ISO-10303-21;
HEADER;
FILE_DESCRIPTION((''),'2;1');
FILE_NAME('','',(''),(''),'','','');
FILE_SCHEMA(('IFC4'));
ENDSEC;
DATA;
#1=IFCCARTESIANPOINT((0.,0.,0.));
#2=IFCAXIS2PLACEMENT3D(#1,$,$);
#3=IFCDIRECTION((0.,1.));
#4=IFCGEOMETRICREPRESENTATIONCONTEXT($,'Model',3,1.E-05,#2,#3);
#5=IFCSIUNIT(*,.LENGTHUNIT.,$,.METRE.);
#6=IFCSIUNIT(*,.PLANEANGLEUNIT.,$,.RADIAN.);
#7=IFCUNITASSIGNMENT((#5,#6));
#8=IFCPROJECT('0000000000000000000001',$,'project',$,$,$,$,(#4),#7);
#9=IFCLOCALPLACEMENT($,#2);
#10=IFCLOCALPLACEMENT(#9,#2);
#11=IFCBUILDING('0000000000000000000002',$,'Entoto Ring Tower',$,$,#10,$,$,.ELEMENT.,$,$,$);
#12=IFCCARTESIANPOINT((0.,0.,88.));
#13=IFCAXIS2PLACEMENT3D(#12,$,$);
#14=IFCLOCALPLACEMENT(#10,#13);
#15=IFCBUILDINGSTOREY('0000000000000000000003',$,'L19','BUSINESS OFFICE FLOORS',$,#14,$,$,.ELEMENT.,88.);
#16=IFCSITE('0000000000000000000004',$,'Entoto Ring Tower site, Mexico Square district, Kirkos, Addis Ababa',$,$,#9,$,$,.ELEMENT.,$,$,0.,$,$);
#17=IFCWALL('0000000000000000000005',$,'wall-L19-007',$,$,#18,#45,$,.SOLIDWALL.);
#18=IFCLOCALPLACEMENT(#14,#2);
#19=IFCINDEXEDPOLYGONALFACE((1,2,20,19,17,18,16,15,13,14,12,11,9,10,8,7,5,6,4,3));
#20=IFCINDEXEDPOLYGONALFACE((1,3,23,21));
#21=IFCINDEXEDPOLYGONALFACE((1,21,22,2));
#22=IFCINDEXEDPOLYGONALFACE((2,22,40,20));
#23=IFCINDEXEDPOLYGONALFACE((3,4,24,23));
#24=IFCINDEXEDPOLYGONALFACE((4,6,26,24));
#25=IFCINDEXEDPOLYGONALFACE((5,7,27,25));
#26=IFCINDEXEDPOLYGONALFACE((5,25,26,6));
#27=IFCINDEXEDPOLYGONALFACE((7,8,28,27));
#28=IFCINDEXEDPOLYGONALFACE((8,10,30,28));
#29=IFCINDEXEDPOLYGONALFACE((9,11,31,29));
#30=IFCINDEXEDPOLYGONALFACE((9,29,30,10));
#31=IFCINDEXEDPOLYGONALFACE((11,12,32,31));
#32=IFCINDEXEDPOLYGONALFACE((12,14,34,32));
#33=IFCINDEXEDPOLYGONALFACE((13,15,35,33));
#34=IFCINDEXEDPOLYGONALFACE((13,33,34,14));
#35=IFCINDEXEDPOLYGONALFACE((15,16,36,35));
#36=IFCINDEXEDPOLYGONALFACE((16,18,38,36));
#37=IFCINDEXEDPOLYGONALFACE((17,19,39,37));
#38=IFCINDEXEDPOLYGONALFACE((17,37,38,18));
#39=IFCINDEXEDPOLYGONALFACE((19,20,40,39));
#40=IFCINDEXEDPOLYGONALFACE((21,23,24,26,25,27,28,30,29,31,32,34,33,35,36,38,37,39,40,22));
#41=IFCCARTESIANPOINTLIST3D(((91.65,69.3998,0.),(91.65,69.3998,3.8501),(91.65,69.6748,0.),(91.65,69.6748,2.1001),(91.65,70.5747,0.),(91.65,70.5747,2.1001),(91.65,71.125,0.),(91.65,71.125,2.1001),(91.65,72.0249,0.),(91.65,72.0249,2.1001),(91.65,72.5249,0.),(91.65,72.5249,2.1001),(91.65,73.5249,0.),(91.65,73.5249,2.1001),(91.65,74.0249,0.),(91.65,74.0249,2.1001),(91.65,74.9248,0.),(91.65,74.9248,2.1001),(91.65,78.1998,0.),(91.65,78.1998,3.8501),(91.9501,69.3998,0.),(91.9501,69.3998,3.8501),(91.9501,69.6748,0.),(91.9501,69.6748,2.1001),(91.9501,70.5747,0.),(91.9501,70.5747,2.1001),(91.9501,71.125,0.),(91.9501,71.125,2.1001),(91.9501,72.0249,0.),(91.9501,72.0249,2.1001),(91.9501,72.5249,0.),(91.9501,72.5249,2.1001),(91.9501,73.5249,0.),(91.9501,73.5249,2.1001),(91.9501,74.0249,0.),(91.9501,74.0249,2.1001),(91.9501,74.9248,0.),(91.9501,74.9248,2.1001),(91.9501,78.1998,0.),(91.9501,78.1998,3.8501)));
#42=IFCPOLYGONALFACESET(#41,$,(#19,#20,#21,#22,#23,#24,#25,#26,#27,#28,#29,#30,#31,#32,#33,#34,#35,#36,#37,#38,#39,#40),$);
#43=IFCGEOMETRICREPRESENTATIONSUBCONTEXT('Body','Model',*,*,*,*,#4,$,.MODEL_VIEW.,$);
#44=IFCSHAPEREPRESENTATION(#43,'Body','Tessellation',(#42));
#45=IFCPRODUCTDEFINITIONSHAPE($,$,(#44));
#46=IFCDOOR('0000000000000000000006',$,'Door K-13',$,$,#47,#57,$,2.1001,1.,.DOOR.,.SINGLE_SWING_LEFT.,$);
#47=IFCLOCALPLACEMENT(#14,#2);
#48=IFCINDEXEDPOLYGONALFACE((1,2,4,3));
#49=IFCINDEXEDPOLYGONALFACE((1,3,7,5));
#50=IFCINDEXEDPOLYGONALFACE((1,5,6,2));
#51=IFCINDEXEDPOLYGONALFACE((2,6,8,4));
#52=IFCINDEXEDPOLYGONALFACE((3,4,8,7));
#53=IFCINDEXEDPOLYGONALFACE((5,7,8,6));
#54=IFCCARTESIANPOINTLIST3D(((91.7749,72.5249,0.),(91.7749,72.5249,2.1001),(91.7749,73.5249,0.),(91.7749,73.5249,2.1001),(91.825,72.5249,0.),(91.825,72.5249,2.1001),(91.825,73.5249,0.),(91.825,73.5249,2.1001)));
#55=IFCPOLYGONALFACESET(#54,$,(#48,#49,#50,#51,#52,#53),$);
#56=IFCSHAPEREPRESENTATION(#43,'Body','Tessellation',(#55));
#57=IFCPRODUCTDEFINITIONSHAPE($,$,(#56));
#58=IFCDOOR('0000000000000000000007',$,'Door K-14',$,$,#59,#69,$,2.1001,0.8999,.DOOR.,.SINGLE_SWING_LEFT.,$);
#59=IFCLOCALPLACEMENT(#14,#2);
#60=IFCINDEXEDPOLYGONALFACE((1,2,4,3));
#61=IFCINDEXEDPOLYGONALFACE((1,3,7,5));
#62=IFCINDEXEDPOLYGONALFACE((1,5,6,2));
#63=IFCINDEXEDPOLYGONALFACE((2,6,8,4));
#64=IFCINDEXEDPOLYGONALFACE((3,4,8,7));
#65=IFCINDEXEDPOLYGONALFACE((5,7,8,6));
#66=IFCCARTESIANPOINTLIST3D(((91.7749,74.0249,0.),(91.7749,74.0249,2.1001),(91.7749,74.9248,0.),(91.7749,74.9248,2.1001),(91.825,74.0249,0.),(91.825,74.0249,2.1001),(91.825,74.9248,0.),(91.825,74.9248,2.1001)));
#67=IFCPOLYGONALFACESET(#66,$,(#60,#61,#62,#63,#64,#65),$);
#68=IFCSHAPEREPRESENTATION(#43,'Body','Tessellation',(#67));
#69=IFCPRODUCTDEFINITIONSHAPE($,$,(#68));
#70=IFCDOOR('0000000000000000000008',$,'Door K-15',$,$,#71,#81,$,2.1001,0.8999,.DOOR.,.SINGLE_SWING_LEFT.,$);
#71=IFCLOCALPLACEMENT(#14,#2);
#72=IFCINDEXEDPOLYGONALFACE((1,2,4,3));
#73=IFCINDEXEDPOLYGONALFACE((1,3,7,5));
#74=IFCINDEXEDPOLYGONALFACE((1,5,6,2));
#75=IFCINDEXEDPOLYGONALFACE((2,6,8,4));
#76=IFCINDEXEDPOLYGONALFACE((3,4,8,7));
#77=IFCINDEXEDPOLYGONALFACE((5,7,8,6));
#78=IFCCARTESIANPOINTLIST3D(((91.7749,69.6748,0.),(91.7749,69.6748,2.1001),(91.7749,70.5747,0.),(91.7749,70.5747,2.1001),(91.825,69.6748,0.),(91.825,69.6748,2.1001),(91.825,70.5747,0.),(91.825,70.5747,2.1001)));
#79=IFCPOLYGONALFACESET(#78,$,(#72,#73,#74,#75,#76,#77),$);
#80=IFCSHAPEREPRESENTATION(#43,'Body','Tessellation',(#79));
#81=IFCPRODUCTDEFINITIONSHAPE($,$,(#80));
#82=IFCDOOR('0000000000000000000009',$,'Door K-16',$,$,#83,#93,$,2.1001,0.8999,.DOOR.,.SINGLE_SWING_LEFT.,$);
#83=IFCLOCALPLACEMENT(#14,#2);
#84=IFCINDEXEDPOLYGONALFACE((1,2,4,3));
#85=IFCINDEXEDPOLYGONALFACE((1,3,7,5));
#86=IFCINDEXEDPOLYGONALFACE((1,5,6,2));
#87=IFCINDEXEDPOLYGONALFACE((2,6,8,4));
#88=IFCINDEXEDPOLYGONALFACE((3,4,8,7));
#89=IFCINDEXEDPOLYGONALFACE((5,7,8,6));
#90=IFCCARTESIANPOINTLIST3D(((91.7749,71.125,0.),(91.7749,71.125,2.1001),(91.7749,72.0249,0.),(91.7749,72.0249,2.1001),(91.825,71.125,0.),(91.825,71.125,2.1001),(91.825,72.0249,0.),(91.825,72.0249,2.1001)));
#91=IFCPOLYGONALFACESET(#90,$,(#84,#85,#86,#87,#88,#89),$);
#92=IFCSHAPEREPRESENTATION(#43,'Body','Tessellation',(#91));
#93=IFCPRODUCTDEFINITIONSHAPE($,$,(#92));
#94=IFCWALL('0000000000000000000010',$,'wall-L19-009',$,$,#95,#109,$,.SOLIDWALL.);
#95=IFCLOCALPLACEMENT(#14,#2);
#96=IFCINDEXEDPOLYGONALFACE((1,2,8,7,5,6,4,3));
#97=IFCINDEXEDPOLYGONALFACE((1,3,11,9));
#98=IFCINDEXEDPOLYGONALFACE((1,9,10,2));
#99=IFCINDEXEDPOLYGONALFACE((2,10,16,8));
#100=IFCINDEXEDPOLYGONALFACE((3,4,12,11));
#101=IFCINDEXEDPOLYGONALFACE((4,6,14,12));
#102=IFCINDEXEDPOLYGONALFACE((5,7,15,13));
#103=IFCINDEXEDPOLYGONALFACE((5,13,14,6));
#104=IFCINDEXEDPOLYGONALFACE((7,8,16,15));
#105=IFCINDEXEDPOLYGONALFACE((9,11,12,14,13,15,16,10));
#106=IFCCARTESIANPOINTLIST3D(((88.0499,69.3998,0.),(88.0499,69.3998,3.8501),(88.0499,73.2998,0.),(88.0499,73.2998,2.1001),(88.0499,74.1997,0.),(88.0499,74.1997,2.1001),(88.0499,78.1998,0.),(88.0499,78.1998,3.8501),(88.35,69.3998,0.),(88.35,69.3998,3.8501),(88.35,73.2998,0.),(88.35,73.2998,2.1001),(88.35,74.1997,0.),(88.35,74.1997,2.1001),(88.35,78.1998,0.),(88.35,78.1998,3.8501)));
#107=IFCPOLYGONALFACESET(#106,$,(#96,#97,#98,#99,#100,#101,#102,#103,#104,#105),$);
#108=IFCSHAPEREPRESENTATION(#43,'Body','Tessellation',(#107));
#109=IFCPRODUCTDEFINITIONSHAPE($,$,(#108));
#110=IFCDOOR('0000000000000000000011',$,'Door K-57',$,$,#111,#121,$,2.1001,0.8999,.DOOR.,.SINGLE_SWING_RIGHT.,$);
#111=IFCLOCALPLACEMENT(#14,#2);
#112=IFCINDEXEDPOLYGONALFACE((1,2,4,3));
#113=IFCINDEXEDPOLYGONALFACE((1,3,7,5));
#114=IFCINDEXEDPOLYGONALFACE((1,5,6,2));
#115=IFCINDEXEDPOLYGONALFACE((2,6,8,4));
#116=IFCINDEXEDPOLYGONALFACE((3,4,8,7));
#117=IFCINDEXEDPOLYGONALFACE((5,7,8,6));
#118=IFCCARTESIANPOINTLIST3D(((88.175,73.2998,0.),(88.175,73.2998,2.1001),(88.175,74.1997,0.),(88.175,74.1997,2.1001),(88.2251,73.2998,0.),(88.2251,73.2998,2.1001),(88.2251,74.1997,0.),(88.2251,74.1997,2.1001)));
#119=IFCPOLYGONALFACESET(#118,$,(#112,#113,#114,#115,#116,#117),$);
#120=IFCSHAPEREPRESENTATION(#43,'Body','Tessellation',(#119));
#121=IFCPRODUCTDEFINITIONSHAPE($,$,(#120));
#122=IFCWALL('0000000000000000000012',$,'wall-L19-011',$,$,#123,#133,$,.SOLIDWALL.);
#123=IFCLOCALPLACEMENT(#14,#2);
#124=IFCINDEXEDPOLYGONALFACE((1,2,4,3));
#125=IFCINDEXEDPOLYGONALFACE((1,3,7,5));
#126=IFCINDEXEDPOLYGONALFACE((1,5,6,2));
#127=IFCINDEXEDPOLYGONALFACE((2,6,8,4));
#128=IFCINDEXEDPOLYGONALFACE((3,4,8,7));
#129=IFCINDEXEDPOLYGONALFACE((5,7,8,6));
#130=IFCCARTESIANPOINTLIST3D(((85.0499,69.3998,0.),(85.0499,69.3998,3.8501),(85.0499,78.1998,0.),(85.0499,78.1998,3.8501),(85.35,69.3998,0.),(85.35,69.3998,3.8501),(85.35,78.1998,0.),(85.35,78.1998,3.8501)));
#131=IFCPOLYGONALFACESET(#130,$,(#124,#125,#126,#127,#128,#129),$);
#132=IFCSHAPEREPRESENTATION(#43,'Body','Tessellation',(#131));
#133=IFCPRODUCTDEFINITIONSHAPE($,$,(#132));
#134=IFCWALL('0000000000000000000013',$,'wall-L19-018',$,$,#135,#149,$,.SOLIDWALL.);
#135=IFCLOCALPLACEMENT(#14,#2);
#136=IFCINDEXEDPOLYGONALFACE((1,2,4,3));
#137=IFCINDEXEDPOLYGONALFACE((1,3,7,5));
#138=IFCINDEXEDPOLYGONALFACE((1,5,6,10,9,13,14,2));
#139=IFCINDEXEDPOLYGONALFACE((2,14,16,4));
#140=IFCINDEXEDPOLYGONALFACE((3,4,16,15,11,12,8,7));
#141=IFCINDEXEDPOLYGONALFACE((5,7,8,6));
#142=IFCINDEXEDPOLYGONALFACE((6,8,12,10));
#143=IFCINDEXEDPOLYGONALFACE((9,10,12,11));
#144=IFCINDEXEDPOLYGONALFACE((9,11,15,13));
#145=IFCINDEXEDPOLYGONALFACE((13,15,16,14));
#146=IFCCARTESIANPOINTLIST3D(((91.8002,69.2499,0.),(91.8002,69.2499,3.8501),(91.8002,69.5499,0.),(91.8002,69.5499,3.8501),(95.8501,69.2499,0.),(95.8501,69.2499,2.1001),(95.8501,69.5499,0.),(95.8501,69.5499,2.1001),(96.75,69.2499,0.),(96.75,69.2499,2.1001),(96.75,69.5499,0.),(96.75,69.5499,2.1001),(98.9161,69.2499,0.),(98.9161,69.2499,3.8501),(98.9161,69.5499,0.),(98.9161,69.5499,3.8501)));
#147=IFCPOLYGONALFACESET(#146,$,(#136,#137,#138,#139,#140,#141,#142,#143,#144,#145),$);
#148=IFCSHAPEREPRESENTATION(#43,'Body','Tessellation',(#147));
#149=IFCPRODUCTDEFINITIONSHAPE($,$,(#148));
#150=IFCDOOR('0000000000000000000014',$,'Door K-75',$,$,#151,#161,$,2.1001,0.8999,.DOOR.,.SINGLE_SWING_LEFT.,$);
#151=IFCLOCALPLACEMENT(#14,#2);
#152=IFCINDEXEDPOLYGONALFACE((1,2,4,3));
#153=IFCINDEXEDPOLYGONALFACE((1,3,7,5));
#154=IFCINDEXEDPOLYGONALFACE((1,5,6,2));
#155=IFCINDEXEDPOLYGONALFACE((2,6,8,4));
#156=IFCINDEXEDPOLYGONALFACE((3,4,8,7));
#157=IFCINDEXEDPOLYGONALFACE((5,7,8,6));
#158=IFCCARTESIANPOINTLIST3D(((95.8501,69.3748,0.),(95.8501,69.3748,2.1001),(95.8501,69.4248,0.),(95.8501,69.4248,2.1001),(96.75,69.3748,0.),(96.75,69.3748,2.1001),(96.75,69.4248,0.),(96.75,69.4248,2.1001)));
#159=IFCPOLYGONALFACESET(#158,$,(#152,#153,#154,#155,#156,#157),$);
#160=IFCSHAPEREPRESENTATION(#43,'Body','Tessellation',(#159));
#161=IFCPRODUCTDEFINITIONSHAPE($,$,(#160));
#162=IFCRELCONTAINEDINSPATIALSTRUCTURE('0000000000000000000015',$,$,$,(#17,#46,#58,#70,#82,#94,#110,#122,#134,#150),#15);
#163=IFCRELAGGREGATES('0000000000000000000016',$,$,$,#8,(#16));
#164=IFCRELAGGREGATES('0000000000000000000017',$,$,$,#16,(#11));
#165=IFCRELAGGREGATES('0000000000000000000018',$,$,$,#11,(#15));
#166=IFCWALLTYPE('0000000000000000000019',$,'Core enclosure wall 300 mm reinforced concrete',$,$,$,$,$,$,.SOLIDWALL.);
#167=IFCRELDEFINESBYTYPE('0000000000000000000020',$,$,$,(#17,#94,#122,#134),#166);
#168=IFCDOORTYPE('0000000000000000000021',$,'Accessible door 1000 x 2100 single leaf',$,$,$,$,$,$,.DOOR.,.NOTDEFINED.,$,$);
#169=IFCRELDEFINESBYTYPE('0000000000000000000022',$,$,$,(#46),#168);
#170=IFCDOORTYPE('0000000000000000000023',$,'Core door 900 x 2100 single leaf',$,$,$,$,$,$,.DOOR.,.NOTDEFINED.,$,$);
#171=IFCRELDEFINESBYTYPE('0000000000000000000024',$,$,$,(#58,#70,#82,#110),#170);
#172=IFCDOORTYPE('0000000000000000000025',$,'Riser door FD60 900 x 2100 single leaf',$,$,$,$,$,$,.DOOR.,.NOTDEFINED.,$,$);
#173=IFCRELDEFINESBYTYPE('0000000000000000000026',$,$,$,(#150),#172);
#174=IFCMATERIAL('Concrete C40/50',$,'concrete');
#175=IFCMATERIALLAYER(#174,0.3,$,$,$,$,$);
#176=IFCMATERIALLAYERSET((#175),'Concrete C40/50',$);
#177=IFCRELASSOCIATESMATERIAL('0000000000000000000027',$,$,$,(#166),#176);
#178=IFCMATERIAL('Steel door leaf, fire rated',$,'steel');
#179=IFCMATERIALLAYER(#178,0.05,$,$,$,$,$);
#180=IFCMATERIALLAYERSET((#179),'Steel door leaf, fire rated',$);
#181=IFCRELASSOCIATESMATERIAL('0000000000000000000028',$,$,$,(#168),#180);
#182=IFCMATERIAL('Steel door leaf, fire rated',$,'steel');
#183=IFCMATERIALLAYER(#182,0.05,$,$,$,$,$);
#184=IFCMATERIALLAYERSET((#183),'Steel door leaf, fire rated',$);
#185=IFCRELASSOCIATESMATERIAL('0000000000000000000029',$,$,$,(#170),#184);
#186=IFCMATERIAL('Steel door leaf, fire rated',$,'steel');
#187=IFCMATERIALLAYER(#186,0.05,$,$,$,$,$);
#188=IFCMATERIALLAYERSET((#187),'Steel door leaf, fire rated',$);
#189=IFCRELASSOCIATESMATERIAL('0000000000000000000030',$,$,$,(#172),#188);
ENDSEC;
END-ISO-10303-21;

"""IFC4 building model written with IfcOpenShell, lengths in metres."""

from ifc_helpers import new_model, si_unit, direction, frame, frame_2d, origin, place, context, subcontext, project, spatial, rectangle, extrude, material, layer, layer_set, type_object, element, fill, save


model = new_model("IFC4")

# Units and contexts
model_context = context("Model", 3, precision=1e-05, world=origin(), true_north=direction((0.0, 1.0)))
body_context = subcontext(model_context, "Body", "Model", "MODEL_VIEW")
ifc_project = project(units=[si_unit("LENGTHUNIT", "METRE"), si_unit("PLANEANGLEUNIT", "RADIAN")], contexts=[model_context])

# Site, building, storey
site_placement = place(None, origin())
site = spatial("IfcSite", under=ifc_project, at=site_placement, Name="Entoto Ring Tower site, Mexico Square district, Kirkos, Addis Ababa", CompositionType="ELEMENT", RefElevation=0.0)
building_placement = place(site_placement, origin())
building = spatial("IfcBuilding", under=site, at=building_placement, Name="Entoto Ring Tower", CompositionType="ELEMENT")
storey_placement = place(building_placement, frame((0.0, 0.0, 88.0)))
storey = spatial("IfcBuildingStorey", under=building, at=storey_placement, Name="L19", Description="BUSINESS OFFICE FLOORS", CompositionType="ELEMENT", Elevation=88.0)

# Shared definitions
ifc_material_1 = material(Name="Concrete C40/50", Category="concrete")
ifc_layer_1 = layer(ifc_material_1, 0.3)
ifc_layer_set_1 = layer_set([ifc_layer_1], Name="Concrete C40/50")
wall_type_1 = type_object("IfcWallType", Name="Core enclosure wall 300 mm reinforced concrete", PredefinedType="SOLIDWALL", material=ifc_layer_set_1)

# Wall, openings, doors
wall_1_placement = place(storey_placement, frame((91.8, 69.3999, 0.0), z_axis=(0.0, 0.0, 1.0), x_axis=(0.0, 1.0, 0.0)))
wall_1 = element("IfcWall", 1, at=wall_1_placement, inside=storey, type_object=wall_type_1, Name="wall-L19-007", PredefinedType="SOLIDWALL", context=body_context, shape_type="SweptSolid", body=[
    extrude(rectangle(XDim=8.8, YDim=0.3, at=frame_2d((4.3999, 0.0))), origin(), (0.0, 0.0, 1.0), 3.8501),
])
opening_1_placement = place(wall_1_placement, frame((3.125, 0.0, 0.0)))
opening_1 = element("IfcOpeningElement", 2, at=opening_1_placement, cuts=wall_1, PredefinedType="OPENING", context=body_context, shape_type="SweptSolid", body=[
    extrude(rectangle(XDim=1.0, YDim=2.1001, at=frame_2d((0.5, 1.05))), frame((0.0, 0.1602, 0.0), z_axis=(0.0, -1.0, 0.0), x_axis=(1.0, 0.0, 0.0)), (0.0, 0.0, 1.0), 0.3201),
])
opening_2_placement = place(wall_1_placement, frame((4.625, 0.0, 0.0)))
opening_2 = element("IfcOpeningElement", 3, at=opening_2_placement, cuts=wall_1, PredefinedType="OPENING", context=body_context, shape_type="SweptSolid", body=[
    extrude(rectangle(XDim=0.8999, YDim=2.1001, at=frame_2d((0.45, 1.05))), frame((0.0, 0.1602, 0.0), z_axis=(0.0, -1.0, 0.0), x_axis=(1.0, 0.0, 0.0)), (0.0, 0.0, 1.0), 0.3201),
])
opening_3_placement = place(wall_1_placement, frame((0.2749, 0.0, 0.0)))
opening_3 = element("IfcOpeningElement", 4, at=opening_3_placement, cuts=wall_1, PredefinedType="OPENING", context=body_context, shape_type="SweptSolid", body=[
    extrude(rectangle(XDim=0.8999, YDim=2.1001, at=frame_2d((0.45, 1.05))), frame((0.0, 0.1602, 0.0), z_axis=(0.0, -1.0, 0.0), x_axis=(1.0, 0.0, 0.0)), (0.0, 0.0, 1.0), 0.3201),
])
opening_4_placement = place(wall_1_placement, frame((1.7251, 0.0, 0.0)))
opening_4 = element("IfcOpeningElement", 5, at=opening_4_placement, cuts=wall_1, PredefinedType="OPENING", context=body_context, shape_type="SweptSolid", body=[
    extrude(rectangle(XDim=0.8999, YDim=2.1001, at=frame_2d((0.45, 1.05))), frame((0.0, 0.1602, 0.0), z_axis=(0.0, -1.0, 0.0), x_axis=(1.0, 0.0, 0.0)), (0.0, 0.0, 1.0), 0.3201),
])
ifc_material_2 = material(Name="Steel door leaf, fire rated", Category="steel")
ifc_layer_2 = layer(ifc_material_2, 0.05)
ifc_layer_set_2 = layer_set([ifc_layer_2], Name="Steel door leaf, fire rated")
door_type_1 = type_object("IfcDoorType", Name="Accessible door 1000 x 2100 single leaf", OperationType="NOTDEFINED", PredefinedType="DOOR", material=ifc_layer_set_2)
door_1_placement = place(opening_1_placement, frame((1.0, 0.0, 0.0), z_axis=(0.0, 0.0, 1.0), x_axis=(-1.0, 0.0, 0.0)))
door_1 = element("IfcDoor", 6, at=door_1_placement, inside=storey, type_object=door_type_1, Name="Door K-13", OperationType="SINGLE_SWING_LEFT", OverallHeight=2.1001, OverallWidth=1.0, PredefinedType="DOOR", context=body_context, shape_type="SweptSolid", body=[
    extrude(rectangle(XDim=1.0, YDim=2.1001, at=frame_2d((0.5, 1.05))), frame((0.0, 0.0249, 0.0), z_axis=(0.0, -1.0, 0.0), x_axis=(1.0, 0.0, 0.0)), (0.0, 0.0, 1.0), 0.05),
])
fill(opening_1, door_1)
ifc_material_3 = material(Name="Steel door leaf, fire rated", Category="steel")
ifc_layer_3 = layer(ifc_material_3, 0.05)
ifc_layer_set_3 = layer_set([ifc_layer_3], Name="Steel door leaf, fire rated")
door_type_2 = type_object("IfcDoorType", Name="Core door 900 x 2100 single leaf", OperationType="NOTDEFINED", PredefinedType="DOOR", material=ifc_layer_set_3)
door_2_placement = place(opening_2_placement, frame((0.8999, 0.0, 0.0), z_axis=(0.0, 0.0, 1.0), x_axis=(-1.0, 0.0, 0.0)))
door_2 = element("IfcDoor", 7, at=door_2_placement, inside=storey, type_object=door_type_2, Name="Door K-14", OperationType="SINGLE_SWING_LEFT", OverallHeight=2.1001, OverallWidth=0.8999, PredefinedType="DOOR", context=body_context, shape_type="SweptSolid", body=[
    extrude(rectangle(XDim=0.8999, YDim=2.1001, at=frame_2d((0.45, 1.05))), frame((0.0, 0.0249, 0.0), z_axis=(0.0, -1.0, 0.0), x_axis=(1.0, 0.0, 0.0)), (0.0, 0.0, 1.0), 0.05),
])
fill(opening_2, door_2)
door_3_placement = place(opening_3_placement, frame((0.8999, 0.0, 0.0), z_axis=(0.0, 0.0, 1.0), x_axis=(-1.0, 0.0, 0.0)))
door_3 = element("IfcDoor", 8, at=door_3_placement, inside=storey, type_object=door_type_2, Name="Door K-15", OperationType="SINGLE_SWING_LEFT", OverallHeight=2.1001, OverallWidth=0.8999, PredefinedType="DOOR", context=body_context, shape_type="SweptSolid", body=[
    extrude(rectangle(XDim=0.8999, YDim=2.1001, at=frame_2d((0.45, 1.05))), frame((0.0, 0.0249, 0.0), z_axis=(0.0, -1.0, 0.0), x_axis=(1.0, 0.0, 0.0)), (0.0, 0.0, 1.0), 0.05),
])
fill(opening_3, door_3)
door_4_placement = place(opening_4_placement, frame((0.8999, 0.0, 0.0), z_axis=(0.0, 0.0, 1.0), x_axis=(-1.0, 0.0, 0.0)))
door_4 = element("IfcDoor", 9, at=door_4_placement, inside=storey, type_object=door_type_2, Name="Door K-16", OperationType="SINGLE_SWING_LEFT", OverallHeight=2.1001, OverallWidth=0.8999, PredefinedType="DOOR", context=body_context, shape_type="SweptSolid", body=[
    extrude(rectangle(XDim=0.8999, YDim=2.1001, at=frame_2d((0.45, 1.05))), frame((0.0, 0.0249, 0.0), z_axis=(0.0, -1.0, 0.0), x_axis=(1.0, 0.0, 0.0)), (0.0, 0.0, 1.0), 0.05),
])
fill(opening_4, door_4)

# Wall, opening, door
wall_2_placement = place(storey_placement, frame((88.2, 69.3999, 0.0), z_axis=(0.0, 0.0, 1.0), x_axis=(0.0, 1.0, 0.0)))
wall_2 = element("IfcWall", 10, at=wall_2_placement, inside=storey, type_object=wall_type_1, Name="wall-L19-009", PredefinedType="SOLIDWALL", context=body_context, shape_type="SweptSolid", body=[
    extrude(rectangle(XDim=8.8, YDim=0.3, at=frame_2d((4.3999, 0.0))), origin(), (0.0, 0.0, 1.0), 3.8501),
])
opening_5_placement = place(wall_2_placement, frame((3.8999, 0.0, 0.0)))
opening_5 = element("IfcOpeningElement", 11, at=opening_5_placement, cuts=wall_2, PredefinedType="OPENING", context=body_context, shape_type="SweptSolid", body=[
    extrude(rectangle(XDim=0.8999, YDim=2.1001, at=frame_2d((0.45, 1.05))), frame((0.0, 0.1602, 0.0), z_axis=(0.0, -1.0, 0.0), x_axis=(1.0, 0.0, 0.0)), (0.0, 0.0, 1.0), 0.3201),
])
door_5_placement = place(opening_5_placement, origin())
door_5 = element("IfcDoor", 12, at=door_5_placement, inside=storey, type_object=door_type_2, Name="Door K-57", OperationType="SINGLE_SWING_RIGHT", OverallHeight=2.1001, OverallWidth=0.8999, PredefinedType="DOOR", context=body_context, shape_type="SweptSolid", body=[
    extrude(rectangle(XDim=0.8999, YDim=2.1001, at=frame_2d((0.45, 1.05))), frame((0.0, 0.0249, 0.0), z_axis=(0.0, -1.0, 0.0), x_axis=(1.0, 0.0, 0.0)), (0.0, 0.0, 1.0), 0.05),
])
fill(opening_5, door_5)

# Wall
wall_3_placement = place(storey_placement, frame((85.2, 69.3999, 0.0), z_axis=(0.0, 0.0, 1.0), x_axis=(0.0, 1.0, 0.0)))
element("IfcWall", 13, at=wall_3_placement, inside=storey, type_object=wall_type_1, Name="wall-L19-011", PredefinedType="SOLIDWALL", context=body_context, shape_type="SweptSolid", body=[
    extrude(rectangle(XDim=8.8, YDim=0.3, at=frame_2d((4.3999, 0.0))), origin(), (0.0, 0.0, 1.0), 3.8501),
])

# Wall, opening, door
wall_4_placement = place(storey_placement, frame((91.8, 69.3999, 0.0), z_axis=(0.0, 0.0, 1.0), x_axis=(1.0, 0.0, 0.0)))
wall_4 = element("IfcWall", 14, at=wall_4_placement, inside=storey, type_object=wall_type_1, Name="wall-L19-018", PredefinedType="SOLIDWALL", context=body_context, shape_type="SweptSolid", body=[
    extrude(rectangle(XDim=7.116, YDim=0.3, at=frame_2d((3.5581, 0.0))), origin(), (0.0, 0.0, 1.0), 3.8501),
])
opening_6_placement = place(wall_4_placement, frame((4.05, 0.0, 0.0)))
opening_6 = element("IfcOpeningElement", 15, at=opening_6_placement, cuts=wall_4, PredefinedType="OPENING", context=body_context, shape_type="SweptSolid", body=[
    extrude(rectangle(XDim=0.8999, YDim=2.1001, at=frame_2d((0.45, 1.05))), frame((0.0, 0.1602, 0.0), z_axis=(0.0, -1.0, 0.0), x_axis=(1.0, 0.0, 0.0)), (0.0, 0.0, 1.0), 0.3201),
])
ifc_material_4 = material(Name="Steel door leaf, fire rated", Category="steel")
ifc_layer_4 = layer(ifc_material_4, 0.05)
ifc_layer_set_4 = layer_set([ifc_layer_4], Name="Steel door leaf, fire rated")
door_type_3 = type_object("IfcDoorType", Name="Riser door FD60 900 x 2100 single leaf", OperationType="NOTDEFINED", PredefinedType="DOOR", material=ifc_layer_set_4)
door_6_placement = place(opening_6_placement, origin())
door_6 = element("IfcDoor", 16, at=door_6_placement, inside=storey, type_object=door_type_3, Name="Door K-75", OperationType="SINGLE_SWING_LEFT", OverallHeight=2.1001, OverallWidth=0.8999, PredefinedType="DOOR", context=body_context, shape_type="SweptSolid", body=[
    extrude(rectangle(XDim=0.8999, YDim=2.1001, at=frame_2d((0.45, 1.05))), frame((0.0, 0.0249, 0.0), z_axis=(0.0, -1.0, 0.0), x_axis=(1.0, 0.0, 0.0)), (0.0, 0.0, 1.0), 0.05),
])
fill(opening_6, door_6)

save(model, "model.ifc")
